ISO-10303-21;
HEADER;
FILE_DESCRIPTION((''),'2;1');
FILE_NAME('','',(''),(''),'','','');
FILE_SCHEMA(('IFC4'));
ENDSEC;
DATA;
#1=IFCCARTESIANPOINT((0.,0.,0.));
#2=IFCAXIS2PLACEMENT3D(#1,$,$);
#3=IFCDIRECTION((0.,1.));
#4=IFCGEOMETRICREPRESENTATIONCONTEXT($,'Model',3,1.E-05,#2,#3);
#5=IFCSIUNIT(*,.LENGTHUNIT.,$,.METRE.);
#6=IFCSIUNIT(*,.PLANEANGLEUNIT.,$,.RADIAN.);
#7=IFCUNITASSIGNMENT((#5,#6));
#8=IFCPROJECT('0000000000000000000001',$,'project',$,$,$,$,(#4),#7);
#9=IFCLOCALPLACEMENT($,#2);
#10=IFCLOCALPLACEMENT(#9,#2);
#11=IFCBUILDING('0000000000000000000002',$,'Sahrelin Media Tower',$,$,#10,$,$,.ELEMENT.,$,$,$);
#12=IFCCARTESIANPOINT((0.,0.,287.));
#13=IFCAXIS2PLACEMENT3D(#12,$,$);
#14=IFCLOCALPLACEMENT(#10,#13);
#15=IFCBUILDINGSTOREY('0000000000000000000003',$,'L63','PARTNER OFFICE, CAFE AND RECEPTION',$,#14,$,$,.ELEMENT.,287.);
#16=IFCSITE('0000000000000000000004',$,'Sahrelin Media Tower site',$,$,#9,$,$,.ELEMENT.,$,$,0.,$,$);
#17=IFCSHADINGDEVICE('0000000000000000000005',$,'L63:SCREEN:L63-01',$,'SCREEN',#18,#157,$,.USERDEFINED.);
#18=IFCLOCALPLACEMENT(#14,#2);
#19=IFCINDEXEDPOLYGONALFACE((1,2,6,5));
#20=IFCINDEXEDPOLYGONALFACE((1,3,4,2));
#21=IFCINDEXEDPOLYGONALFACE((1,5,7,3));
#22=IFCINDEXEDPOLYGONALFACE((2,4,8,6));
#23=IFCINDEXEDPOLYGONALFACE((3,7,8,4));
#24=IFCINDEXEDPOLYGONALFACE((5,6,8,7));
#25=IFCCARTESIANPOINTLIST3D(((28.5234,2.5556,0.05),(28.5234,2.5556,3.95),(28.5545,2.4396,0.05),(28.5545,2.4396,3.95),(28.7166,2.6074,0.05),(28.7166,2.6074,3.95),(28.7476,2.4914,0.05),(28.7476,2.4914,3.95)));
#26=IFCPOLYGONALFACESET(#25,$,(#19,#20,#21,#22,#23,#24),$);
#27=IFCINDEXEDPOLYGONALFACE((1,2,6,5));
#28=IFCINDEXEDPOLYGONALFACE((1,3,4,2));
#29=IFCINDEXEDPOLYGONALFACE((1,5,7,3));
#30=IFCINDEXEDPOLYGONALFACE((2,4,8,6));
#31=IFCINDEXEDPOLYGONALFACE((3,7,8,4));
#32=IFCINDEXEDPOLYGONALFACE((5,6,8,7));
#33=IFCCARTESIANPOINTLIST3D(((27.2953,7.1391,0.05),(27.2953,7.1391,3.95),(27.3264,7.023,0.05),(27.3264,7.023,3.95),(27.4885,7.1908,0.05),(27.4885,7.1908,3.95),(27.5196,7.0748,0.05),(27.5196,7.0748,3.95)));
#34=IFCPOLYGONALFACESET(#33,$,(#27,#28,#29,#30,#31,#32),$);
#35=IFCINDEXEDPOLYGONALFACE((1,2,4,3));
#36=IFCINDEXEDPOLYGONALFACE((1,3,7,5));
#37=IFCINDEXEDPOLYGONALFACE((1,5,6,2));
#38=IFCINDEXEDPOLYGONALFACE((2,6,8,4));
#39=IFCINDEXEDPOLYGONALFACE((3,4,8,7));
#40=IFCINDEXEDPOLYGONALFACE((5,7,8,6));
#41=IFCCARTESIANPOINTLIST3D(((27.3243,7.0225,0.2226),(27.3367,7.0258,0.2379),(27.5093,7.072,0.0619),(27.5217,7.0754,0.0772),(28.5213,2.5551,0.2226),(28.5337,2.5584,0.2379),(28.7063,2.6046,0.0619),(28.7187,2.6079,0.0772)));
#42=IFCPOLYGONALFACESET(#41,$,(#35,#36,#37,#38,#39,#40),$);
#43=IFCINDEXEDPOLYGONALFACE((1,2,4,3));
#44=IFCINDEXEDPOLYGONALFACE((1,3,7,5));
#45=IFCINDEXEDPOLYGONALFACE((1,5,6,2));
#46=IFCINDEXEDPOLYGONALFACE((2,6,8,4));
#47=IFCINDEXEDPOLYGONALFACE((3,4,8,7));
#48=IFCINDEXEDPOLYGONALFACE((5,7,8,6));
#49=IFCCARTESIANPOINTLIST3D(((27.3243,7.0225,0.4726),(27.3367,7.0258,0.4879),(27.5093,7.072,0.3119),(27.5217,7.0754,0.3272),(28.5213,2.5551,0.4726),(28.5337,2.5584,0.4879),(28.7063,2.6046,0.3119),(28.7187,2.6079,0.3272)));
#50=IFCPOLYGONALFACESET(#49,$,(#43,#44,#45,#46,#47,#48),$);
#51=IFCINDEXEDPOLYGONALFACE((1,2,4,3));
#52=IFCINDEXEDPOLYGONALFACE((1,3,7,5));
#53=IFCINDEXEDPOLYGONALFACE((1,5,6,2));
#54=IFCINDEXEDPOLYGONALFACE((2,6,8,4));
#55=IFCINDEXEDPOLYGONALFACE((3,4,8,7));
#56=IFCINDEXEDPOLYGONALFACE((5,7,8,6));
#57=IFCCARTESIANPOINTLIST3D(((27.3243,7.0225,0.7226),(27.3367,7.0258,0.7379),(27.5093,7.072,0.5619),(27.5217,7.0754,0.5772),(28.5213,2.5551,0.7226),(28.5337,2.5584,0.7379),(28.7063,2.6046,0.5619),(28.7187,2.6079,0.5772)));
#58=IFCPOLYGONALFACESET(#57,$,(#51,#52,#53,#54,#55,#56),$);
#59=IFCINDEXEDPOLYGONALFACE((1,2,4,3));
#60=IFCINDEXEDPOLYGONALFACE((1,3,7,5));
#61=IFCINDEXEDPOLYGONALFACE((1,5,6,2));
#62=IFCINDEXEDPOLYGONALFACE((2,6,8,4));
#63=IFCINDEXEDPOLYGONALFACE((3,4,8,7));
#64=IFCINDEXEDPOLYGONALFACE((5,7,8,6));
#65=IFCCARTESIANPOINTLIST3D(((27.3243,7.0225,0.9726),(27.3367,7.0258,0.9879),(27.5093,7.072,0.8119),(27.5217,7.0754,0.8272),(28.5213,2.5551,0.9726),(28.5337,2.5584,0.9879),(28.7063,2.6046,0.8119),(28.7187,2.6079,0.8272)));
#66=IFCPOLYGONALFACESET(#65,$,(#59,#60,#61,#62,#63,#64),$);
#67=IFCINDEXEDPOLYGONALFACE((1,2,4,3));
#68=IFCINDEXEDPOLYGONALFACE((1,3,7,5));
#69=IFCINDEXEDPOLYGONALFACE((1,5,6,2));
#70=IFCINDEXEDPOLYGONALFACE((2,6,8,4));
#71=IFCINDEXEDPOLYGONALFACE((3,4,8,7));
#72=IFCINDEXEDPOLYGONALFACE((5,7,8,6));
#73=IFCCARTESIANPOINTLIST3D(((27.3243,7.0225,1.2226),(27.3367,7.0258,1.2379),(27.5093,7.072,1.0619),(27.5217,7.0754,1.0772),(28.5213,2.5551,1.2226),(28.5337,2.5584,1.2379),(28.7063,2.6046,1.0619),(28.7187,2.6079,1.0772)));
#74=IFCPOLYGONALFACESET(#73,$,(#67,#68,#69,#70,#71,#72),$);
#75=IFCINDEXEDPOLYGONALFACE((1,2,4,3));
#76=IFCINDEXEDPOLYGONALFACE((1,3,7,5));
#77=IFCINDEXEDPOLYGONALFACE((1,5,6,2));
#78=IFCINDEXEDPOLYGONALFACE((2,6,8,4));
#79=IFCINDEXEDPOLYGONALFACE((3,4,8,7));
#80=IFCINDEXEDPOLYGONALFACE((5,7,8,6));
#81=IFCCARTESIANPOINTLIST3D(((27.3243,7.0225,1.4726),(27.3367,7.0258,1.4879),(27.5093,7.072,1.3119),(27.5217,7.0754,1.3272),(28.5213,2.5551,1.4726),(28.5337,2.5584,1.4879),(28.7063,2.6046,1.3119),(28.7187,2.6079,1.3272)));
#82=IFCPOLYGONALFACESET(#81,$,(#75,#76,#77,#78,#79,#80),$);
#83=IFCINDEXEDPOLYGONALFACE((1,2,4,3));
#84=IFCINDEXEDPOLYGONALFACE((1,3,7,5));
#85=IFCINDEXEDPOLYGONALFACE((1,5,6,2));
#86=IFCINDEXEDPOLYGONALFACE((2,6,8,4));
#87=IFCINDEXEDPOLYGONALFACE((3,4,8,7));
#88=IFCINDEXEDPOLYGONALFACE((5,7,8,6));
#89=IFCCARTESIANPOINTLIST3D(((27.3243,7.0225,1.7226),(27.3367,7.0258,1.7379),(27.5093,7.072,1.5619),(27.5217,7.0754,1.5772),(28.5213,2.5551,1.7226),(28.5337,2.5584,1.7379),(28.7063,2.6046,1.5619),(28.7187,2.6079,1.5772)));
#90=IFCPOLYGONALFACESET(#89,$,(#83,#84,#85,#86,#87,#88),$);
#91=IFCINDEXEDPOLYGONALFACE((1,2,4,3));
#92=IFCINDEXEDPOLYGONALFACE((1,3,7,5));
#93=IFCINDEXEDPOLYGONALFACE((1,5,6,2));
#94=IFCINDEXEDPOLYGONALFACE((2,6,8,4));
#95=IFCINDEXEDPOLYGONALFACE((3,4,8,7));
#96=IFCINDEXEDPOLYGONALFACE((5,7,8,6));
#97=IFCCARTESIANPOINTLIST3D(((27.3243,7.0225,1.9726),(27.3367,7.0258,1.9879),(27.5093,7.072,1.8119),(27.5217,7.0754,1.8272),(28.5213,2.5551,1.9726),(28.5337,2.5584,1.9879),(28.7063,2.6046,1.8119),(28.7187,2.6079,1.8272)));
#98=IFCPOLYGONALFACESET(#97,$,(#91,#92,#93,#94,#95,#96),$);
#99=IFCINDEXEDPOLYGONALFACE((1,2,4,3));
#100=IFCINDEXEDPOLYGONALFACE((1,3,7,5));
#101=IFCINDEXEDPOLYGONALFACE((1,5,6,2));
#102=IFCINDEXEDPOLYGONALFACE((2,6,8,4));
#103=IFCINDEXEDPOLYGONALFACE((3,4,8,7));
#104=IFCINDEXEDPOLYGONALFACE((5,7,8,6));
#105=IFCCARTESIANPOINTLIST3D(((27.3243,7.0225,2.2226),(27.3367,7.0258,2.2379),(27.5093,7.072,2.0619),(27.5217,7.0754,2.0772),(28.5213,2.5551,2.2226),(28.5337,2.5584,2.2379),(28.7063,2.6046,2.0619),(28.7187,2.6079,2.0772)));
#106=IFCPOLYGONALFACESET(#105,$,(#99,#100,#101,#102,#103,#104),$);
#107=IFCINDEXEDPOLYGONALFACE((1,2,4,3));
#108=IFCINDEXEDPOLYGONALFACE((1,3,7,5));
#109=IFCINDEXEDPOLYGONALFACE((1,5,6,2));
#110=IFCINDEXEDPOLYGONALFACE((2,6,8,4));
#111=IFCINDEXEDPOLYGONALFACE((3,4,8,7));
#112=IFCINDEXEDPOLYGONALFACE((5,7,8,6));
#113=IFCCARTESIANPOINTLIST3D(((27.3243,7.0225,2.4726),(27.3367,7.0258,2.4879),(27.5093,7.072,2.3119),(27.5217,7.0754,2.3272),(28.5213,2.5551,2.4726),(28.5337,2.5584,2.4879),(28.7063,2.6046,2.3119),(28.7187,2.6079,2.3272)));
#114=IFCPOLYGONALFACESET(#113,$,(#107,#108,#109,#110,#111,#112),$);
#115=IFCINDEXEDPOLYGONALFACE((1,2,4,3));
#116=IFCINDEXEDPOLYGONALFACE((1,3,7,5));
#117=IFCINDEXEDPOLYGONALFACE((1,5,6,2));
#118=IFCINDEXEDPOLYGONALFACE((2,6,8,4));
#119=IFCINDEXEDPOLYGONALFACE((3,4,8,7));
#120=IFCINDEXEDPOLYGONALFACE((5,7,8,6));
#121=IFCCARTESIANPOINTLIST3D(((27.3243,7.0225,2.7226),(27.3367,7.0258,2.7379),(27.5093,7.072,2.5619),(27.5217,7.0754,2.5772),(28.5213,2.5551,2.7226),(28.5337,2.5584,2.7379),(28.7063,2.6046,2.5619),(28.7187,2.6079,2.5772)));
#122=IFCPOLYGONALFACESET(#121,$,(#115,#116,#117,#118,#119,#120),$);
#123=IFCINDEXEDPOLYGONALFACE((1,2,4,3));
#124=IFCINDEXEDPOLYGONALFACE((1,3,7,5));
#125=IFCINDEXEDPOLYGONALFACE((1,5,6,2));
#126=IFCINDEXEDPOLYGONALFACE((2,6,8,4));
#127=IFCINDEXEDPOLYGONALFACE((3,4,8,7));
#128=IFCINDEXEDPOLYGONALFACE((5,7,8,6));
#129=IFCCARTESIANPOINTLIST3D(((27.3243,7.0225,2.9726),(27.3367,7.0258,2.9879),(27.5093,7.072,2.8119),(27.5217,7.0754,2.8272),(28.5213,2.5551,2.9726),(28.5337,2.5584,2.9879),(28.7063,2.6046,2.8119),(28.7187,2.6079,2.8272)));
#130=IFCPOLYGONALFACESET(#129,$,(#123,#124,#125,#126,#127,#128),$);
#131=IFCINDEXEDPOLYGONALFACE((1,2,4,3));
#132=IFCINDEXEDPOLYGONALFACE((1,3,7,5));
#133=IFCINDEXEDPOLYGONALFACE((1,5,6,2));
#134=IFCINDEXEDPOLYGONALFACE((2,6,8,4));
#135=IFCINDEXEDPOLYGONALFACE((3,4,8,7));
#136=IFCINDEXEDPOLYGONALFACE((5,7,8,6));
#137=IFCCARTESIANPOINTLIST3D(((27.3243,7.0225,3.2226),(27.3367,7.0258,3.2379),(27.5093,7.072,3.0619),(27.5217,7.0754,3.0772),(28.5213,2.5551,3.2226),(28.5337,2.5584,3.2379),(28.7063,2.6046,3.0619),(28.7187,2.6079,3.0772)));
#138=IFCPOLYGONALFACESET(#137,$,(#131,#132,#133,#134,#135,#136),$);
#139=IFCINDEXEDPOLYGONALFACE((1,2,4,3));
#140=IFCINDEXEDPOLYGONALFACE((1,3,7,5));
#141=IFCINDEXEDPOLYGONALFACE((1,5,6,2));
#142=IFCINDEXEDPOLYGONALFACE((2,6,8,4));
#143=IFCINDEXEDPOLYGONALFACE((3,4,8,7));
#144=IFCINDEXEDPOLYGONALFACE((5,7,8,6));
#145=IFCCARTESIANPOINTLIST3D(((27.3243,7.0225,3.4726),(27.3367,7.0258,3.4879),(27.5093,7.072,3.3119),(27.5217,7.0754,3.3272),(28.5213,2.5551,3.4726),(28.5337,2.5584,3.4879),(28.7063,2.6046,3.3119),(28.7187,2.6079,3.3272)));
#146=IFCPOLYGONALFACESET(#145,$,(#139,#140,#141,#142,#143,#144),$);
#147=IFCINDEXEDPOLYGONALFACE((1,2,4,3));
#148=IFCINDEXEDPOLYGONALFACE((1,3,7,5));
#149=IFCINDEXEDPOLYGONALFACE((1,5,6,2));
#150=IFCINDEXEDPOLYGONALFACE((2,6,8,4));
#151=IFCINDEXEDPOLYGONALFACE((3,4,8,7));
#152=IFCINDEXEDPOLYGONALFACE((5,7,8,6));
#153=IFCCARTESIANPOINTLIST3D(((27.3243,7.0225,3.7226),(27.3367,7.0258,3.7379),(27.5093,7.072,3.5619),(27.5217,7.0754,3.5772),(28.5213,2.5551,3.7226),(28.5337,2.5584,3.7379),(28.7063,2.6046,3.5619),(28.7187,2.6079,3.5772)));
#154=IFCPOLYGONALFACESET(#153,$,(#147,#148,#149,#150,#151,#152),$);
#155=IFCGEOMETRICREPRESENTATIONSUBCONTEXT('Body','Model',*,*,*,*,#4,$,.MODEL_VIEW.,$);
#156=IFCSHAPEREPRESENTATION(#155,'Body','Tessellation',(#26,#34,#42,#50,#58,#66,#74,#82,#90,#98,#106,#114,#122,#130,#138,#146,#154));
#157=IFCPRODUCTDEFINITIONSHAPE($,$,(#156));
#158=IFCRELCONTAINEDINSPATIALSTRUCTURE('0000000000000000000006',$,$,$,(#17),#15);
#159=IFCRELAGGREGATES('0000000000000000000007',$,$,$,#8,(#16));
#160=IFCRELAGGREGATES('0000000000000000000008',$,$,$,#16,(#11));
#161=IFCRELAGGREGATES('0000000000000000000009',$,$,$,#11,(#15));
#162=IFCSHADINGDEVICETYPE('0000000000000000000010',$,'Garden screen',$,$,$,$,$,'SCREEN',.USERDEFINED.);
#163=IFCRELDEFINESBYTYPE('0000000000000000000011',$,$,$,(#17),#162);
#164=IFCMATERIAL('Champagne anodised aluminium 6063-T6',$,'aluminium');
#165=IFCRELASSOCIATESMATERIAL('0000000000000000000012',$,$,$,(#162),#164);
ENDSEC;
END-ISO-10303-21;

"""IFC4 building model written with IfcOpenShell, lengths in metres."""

from ifc_helpers import new_model, si_unit, direction, frame, origin, origin_2d, place, context, subcontext, project, spatial, rectangle, extrude, material, type_object, element, save


model = new_model("IFC4")

# Units and contexts
model_context = context("Model", 3, precision=1e-05, world=origin(), true_north=direction((0.0, 1.0)))
body_context = subcontext(model_context, "Body", "Model", "MODEL_VIEW")
ifc_project = project(units=[si_unit("LENGTHUNIT", "METRE"), si_unit("PLANEANGLEUNIT", "RADIAN")], contexts=[model_context])

# Site, building, storey
site_placement = place(None, origin())
site = spatial("IfcSite", under=ifc_project, at=site_placement, Name="Sahrelin Media Tower site", CompositionType="ELEMENT", RefElevation=0.0)
building_placement = place(site_placement, origin())
building = spatial("IfcBuilding", under=site, at=building_placement, Name="Sahrelin Media Tower", CompositionType="ELEMENT")
storey_placement = place(building_placement, frame((0.0, 0.0, 287.0)))
storey = spatial("IfcBuildingStorey", under=building, at=storey_placement, Name="L63", Description="PARTNER OFFICE, CAFE AND RECEPTION", CompositionType="ELEMENT", Elevation=287.0)

# Shared definitions
ifc_material_1 = material(Name="Champagne anodised aluminium 6063-T6", Category="aluminium")

# Shading device
shading_device_type_1 = type_object("IfcShadingDeviceType", Name="Garden screen", ElementType="SCREEN", PredefinedType="USERDEFINED", material=ifc_material_1)
shading_device_1_placement = place(storey_placement, frame((27.9248, 4.7893, 0.0), z_axis=(0.0, 0.0, 1.0), x_axis=(0.258808, -0.965929, 0.0)))
element("IfcShadingDevice", 1, at=shading_device_1_placement, inside=storey, type_object=shading_device_type_1, Name="L63:SCREEN:L63-01", ObjectType="SCREEN", PredefinedType="USERDEFINED", context=body_context, shape_type="SweptSolid", body=[
    extrude(rectangle(XDim=0.1201, YDim=0.2, at=origin_2d()), frame((2.3726, 0.1001, 0.05), z_axis=(0.0, 0.0, 1.0), x_axis=(1.0, 0.0, 0.0)), (0.0, 0.0, 1.0), 3.8999),
    extrude(rectangle(XDim=0.1201, YDim=0.2, at=origin_2d()), frame((-2.3726, 0.1001, 0.05), z_axis=(0.0, 0.0, 1.0), x_axis=(1.0, 0.0, 0.0)), (0.0, 0.0, 1.0), 3.8999),
    extrude(rectangle(XDim=0.25, YDim=0.02, at=origin_2d()), frame((2.3125, 0.1001, 0.1499), z_axis=(-1.0, 0.0, 0.0), x_axis=(0.0, -0.766044, 0.642788)), (0.0, 0.0, 1.0), 4.625),
    extrude(rectangle(XDim=0.25, YDim=0.02, at=origin_2d()), frame((2.3125, 0.1001, 0.3999), z_axis=(-1.0, 0.0, 0.0), x_axis=(0.0, -0.766044, 0.642788)), (0.0, 0.0, 1.0), 4.625),
    extrude(rectangle(XDim=0.25, YDim=0.02, at=origin_2d()), frame((2.3125, 0.1001, 0.6499), z_axis=(-1.0, 0.0, 0.0), x_axis=(0.0, -0.766044, 0.642788)), (0.0, 0.0, 1.0), 4.625),
    extrude(rectangle(XDim=0.25, YDim=0.02, at=origin_2d()), frame((2.3125, 0.1001, 0.8999), z_axis=(-1.0, 0.0, 0.0), x_axis=(0.0, -0.766044, 0.642788)), (0.0, 0.0, 1.0), 4.625),
    extrude(rectangle(XDim=0.25, YDim=0.02, at=origin_2d()), frame((2.3125, 0.1001, 1.1499), z_axis=(-1.0, 0.0, 0.0), x_axis=(0.0, -0.766044, 0.642788)), (0.0, 0.0, 1.0), 4.625),
    extrude(rectangle(XDim=0.25, YDim=0.02, at=origin_2d()), frame((2.3125, 0.1001, 1.3999), z_axis=(-1.0, 0.0, 0.0), x_axis=(0.0, -0.766044, 0.642788)), (0.0, 0.0, 1.0), 4.625),
    extrude(rectangle(XDim=0.25, YDim=0.02, at=origin_2d()), frame((2.3125, 0.1001, 1.6499), z_axis=(-1.0, 0.0, 0.0), x_axis=(0.0, -0.766044, 0.642788)), (0.0, 0.0, 1.0), 4.625),
    extrude(rectangle(XDim=0.25, YDim=0.02, at=origin_2d()), frame((2.3125, 0.1001, 1.8999), z_axis=(-1.0, 0.0, 0.0), x_axis=(0.0, -0.766044, 0.642788)), (0.0, 0.0, 1.0), 4.625),
    extrude(rectangle(XDim=0.25, YDim=0.02, at=origin_2d()), frame((2.3125, 0.1001, 2.1499), z_axis=(-1.0, 0.0, 0.0), x_axis=(0.0, -0.766044, 0.642788)), (0.0, 0.0, 1.0), 4.625),
    extrude(rectangle(XDim=0.25, YDim=0.02, at=origin_2d()), frame((2.3125, 0.1001, 2.3999), z_axis=(-1.0, 0.0, 0.0), x_axis=(0.0, -0.766044, 0.642788)), (0.0, 0.0, 1.0), 4.625),
    extrude(rectangle(XDim=0.25, YDim=0.02, at=origin_2d()), frame((2.3125, 0.1001, 2.6499), z_axis=(-1.0, 0.0, 0.0), x_axis=(0.0, -0.766044, 0.642788)), (0.0, 0.0, 1.0), 4.625),
    extrude(rectangle(XDim=0.25, YDim=0.02, at=origin_2d()), frame((2.3125, 0.1001, 2.8999), z_axis=(-1.0, 0.0, 0.0), x_axis=(0.0, -0.766044, 0.642788)), (0.0, 0.0, 1.0), 4.625),
    extrude(rectangle(XDim=0.25, YDim=0.02, at=origin_2d()), frame((2.3125, 0.1001, 3.1499), z_axis=(-1.0, 0.0, 0.0), x_axis=(0.0, -0.766044, 0.642788)), (0.0, 0.0, 1.0), 4.625),
    extrude(rectangle(XDim=0.25, YDim=0.02, at=origin_2d()), frame((2.3125, 0.1001, 3.3999), z_axis=(-1.0, 0.0, 0.0), x_axis=(0.0, -0.766044, 0.642788)), (0.0, 0.0, 1.0), 4.625),
    extrude(rectangle(XDim=0.25, YDim=0.02, at=origin_2d()), frame((2.3125, 0.1001, 3.6499), z_axis=(-1.0, 0.0, 0.0), x_axis=(0.0, -0.766044, 0.642788)), (0.0, 0.0, 1.0), 4.625),
])

save(model, "model.ifc")
